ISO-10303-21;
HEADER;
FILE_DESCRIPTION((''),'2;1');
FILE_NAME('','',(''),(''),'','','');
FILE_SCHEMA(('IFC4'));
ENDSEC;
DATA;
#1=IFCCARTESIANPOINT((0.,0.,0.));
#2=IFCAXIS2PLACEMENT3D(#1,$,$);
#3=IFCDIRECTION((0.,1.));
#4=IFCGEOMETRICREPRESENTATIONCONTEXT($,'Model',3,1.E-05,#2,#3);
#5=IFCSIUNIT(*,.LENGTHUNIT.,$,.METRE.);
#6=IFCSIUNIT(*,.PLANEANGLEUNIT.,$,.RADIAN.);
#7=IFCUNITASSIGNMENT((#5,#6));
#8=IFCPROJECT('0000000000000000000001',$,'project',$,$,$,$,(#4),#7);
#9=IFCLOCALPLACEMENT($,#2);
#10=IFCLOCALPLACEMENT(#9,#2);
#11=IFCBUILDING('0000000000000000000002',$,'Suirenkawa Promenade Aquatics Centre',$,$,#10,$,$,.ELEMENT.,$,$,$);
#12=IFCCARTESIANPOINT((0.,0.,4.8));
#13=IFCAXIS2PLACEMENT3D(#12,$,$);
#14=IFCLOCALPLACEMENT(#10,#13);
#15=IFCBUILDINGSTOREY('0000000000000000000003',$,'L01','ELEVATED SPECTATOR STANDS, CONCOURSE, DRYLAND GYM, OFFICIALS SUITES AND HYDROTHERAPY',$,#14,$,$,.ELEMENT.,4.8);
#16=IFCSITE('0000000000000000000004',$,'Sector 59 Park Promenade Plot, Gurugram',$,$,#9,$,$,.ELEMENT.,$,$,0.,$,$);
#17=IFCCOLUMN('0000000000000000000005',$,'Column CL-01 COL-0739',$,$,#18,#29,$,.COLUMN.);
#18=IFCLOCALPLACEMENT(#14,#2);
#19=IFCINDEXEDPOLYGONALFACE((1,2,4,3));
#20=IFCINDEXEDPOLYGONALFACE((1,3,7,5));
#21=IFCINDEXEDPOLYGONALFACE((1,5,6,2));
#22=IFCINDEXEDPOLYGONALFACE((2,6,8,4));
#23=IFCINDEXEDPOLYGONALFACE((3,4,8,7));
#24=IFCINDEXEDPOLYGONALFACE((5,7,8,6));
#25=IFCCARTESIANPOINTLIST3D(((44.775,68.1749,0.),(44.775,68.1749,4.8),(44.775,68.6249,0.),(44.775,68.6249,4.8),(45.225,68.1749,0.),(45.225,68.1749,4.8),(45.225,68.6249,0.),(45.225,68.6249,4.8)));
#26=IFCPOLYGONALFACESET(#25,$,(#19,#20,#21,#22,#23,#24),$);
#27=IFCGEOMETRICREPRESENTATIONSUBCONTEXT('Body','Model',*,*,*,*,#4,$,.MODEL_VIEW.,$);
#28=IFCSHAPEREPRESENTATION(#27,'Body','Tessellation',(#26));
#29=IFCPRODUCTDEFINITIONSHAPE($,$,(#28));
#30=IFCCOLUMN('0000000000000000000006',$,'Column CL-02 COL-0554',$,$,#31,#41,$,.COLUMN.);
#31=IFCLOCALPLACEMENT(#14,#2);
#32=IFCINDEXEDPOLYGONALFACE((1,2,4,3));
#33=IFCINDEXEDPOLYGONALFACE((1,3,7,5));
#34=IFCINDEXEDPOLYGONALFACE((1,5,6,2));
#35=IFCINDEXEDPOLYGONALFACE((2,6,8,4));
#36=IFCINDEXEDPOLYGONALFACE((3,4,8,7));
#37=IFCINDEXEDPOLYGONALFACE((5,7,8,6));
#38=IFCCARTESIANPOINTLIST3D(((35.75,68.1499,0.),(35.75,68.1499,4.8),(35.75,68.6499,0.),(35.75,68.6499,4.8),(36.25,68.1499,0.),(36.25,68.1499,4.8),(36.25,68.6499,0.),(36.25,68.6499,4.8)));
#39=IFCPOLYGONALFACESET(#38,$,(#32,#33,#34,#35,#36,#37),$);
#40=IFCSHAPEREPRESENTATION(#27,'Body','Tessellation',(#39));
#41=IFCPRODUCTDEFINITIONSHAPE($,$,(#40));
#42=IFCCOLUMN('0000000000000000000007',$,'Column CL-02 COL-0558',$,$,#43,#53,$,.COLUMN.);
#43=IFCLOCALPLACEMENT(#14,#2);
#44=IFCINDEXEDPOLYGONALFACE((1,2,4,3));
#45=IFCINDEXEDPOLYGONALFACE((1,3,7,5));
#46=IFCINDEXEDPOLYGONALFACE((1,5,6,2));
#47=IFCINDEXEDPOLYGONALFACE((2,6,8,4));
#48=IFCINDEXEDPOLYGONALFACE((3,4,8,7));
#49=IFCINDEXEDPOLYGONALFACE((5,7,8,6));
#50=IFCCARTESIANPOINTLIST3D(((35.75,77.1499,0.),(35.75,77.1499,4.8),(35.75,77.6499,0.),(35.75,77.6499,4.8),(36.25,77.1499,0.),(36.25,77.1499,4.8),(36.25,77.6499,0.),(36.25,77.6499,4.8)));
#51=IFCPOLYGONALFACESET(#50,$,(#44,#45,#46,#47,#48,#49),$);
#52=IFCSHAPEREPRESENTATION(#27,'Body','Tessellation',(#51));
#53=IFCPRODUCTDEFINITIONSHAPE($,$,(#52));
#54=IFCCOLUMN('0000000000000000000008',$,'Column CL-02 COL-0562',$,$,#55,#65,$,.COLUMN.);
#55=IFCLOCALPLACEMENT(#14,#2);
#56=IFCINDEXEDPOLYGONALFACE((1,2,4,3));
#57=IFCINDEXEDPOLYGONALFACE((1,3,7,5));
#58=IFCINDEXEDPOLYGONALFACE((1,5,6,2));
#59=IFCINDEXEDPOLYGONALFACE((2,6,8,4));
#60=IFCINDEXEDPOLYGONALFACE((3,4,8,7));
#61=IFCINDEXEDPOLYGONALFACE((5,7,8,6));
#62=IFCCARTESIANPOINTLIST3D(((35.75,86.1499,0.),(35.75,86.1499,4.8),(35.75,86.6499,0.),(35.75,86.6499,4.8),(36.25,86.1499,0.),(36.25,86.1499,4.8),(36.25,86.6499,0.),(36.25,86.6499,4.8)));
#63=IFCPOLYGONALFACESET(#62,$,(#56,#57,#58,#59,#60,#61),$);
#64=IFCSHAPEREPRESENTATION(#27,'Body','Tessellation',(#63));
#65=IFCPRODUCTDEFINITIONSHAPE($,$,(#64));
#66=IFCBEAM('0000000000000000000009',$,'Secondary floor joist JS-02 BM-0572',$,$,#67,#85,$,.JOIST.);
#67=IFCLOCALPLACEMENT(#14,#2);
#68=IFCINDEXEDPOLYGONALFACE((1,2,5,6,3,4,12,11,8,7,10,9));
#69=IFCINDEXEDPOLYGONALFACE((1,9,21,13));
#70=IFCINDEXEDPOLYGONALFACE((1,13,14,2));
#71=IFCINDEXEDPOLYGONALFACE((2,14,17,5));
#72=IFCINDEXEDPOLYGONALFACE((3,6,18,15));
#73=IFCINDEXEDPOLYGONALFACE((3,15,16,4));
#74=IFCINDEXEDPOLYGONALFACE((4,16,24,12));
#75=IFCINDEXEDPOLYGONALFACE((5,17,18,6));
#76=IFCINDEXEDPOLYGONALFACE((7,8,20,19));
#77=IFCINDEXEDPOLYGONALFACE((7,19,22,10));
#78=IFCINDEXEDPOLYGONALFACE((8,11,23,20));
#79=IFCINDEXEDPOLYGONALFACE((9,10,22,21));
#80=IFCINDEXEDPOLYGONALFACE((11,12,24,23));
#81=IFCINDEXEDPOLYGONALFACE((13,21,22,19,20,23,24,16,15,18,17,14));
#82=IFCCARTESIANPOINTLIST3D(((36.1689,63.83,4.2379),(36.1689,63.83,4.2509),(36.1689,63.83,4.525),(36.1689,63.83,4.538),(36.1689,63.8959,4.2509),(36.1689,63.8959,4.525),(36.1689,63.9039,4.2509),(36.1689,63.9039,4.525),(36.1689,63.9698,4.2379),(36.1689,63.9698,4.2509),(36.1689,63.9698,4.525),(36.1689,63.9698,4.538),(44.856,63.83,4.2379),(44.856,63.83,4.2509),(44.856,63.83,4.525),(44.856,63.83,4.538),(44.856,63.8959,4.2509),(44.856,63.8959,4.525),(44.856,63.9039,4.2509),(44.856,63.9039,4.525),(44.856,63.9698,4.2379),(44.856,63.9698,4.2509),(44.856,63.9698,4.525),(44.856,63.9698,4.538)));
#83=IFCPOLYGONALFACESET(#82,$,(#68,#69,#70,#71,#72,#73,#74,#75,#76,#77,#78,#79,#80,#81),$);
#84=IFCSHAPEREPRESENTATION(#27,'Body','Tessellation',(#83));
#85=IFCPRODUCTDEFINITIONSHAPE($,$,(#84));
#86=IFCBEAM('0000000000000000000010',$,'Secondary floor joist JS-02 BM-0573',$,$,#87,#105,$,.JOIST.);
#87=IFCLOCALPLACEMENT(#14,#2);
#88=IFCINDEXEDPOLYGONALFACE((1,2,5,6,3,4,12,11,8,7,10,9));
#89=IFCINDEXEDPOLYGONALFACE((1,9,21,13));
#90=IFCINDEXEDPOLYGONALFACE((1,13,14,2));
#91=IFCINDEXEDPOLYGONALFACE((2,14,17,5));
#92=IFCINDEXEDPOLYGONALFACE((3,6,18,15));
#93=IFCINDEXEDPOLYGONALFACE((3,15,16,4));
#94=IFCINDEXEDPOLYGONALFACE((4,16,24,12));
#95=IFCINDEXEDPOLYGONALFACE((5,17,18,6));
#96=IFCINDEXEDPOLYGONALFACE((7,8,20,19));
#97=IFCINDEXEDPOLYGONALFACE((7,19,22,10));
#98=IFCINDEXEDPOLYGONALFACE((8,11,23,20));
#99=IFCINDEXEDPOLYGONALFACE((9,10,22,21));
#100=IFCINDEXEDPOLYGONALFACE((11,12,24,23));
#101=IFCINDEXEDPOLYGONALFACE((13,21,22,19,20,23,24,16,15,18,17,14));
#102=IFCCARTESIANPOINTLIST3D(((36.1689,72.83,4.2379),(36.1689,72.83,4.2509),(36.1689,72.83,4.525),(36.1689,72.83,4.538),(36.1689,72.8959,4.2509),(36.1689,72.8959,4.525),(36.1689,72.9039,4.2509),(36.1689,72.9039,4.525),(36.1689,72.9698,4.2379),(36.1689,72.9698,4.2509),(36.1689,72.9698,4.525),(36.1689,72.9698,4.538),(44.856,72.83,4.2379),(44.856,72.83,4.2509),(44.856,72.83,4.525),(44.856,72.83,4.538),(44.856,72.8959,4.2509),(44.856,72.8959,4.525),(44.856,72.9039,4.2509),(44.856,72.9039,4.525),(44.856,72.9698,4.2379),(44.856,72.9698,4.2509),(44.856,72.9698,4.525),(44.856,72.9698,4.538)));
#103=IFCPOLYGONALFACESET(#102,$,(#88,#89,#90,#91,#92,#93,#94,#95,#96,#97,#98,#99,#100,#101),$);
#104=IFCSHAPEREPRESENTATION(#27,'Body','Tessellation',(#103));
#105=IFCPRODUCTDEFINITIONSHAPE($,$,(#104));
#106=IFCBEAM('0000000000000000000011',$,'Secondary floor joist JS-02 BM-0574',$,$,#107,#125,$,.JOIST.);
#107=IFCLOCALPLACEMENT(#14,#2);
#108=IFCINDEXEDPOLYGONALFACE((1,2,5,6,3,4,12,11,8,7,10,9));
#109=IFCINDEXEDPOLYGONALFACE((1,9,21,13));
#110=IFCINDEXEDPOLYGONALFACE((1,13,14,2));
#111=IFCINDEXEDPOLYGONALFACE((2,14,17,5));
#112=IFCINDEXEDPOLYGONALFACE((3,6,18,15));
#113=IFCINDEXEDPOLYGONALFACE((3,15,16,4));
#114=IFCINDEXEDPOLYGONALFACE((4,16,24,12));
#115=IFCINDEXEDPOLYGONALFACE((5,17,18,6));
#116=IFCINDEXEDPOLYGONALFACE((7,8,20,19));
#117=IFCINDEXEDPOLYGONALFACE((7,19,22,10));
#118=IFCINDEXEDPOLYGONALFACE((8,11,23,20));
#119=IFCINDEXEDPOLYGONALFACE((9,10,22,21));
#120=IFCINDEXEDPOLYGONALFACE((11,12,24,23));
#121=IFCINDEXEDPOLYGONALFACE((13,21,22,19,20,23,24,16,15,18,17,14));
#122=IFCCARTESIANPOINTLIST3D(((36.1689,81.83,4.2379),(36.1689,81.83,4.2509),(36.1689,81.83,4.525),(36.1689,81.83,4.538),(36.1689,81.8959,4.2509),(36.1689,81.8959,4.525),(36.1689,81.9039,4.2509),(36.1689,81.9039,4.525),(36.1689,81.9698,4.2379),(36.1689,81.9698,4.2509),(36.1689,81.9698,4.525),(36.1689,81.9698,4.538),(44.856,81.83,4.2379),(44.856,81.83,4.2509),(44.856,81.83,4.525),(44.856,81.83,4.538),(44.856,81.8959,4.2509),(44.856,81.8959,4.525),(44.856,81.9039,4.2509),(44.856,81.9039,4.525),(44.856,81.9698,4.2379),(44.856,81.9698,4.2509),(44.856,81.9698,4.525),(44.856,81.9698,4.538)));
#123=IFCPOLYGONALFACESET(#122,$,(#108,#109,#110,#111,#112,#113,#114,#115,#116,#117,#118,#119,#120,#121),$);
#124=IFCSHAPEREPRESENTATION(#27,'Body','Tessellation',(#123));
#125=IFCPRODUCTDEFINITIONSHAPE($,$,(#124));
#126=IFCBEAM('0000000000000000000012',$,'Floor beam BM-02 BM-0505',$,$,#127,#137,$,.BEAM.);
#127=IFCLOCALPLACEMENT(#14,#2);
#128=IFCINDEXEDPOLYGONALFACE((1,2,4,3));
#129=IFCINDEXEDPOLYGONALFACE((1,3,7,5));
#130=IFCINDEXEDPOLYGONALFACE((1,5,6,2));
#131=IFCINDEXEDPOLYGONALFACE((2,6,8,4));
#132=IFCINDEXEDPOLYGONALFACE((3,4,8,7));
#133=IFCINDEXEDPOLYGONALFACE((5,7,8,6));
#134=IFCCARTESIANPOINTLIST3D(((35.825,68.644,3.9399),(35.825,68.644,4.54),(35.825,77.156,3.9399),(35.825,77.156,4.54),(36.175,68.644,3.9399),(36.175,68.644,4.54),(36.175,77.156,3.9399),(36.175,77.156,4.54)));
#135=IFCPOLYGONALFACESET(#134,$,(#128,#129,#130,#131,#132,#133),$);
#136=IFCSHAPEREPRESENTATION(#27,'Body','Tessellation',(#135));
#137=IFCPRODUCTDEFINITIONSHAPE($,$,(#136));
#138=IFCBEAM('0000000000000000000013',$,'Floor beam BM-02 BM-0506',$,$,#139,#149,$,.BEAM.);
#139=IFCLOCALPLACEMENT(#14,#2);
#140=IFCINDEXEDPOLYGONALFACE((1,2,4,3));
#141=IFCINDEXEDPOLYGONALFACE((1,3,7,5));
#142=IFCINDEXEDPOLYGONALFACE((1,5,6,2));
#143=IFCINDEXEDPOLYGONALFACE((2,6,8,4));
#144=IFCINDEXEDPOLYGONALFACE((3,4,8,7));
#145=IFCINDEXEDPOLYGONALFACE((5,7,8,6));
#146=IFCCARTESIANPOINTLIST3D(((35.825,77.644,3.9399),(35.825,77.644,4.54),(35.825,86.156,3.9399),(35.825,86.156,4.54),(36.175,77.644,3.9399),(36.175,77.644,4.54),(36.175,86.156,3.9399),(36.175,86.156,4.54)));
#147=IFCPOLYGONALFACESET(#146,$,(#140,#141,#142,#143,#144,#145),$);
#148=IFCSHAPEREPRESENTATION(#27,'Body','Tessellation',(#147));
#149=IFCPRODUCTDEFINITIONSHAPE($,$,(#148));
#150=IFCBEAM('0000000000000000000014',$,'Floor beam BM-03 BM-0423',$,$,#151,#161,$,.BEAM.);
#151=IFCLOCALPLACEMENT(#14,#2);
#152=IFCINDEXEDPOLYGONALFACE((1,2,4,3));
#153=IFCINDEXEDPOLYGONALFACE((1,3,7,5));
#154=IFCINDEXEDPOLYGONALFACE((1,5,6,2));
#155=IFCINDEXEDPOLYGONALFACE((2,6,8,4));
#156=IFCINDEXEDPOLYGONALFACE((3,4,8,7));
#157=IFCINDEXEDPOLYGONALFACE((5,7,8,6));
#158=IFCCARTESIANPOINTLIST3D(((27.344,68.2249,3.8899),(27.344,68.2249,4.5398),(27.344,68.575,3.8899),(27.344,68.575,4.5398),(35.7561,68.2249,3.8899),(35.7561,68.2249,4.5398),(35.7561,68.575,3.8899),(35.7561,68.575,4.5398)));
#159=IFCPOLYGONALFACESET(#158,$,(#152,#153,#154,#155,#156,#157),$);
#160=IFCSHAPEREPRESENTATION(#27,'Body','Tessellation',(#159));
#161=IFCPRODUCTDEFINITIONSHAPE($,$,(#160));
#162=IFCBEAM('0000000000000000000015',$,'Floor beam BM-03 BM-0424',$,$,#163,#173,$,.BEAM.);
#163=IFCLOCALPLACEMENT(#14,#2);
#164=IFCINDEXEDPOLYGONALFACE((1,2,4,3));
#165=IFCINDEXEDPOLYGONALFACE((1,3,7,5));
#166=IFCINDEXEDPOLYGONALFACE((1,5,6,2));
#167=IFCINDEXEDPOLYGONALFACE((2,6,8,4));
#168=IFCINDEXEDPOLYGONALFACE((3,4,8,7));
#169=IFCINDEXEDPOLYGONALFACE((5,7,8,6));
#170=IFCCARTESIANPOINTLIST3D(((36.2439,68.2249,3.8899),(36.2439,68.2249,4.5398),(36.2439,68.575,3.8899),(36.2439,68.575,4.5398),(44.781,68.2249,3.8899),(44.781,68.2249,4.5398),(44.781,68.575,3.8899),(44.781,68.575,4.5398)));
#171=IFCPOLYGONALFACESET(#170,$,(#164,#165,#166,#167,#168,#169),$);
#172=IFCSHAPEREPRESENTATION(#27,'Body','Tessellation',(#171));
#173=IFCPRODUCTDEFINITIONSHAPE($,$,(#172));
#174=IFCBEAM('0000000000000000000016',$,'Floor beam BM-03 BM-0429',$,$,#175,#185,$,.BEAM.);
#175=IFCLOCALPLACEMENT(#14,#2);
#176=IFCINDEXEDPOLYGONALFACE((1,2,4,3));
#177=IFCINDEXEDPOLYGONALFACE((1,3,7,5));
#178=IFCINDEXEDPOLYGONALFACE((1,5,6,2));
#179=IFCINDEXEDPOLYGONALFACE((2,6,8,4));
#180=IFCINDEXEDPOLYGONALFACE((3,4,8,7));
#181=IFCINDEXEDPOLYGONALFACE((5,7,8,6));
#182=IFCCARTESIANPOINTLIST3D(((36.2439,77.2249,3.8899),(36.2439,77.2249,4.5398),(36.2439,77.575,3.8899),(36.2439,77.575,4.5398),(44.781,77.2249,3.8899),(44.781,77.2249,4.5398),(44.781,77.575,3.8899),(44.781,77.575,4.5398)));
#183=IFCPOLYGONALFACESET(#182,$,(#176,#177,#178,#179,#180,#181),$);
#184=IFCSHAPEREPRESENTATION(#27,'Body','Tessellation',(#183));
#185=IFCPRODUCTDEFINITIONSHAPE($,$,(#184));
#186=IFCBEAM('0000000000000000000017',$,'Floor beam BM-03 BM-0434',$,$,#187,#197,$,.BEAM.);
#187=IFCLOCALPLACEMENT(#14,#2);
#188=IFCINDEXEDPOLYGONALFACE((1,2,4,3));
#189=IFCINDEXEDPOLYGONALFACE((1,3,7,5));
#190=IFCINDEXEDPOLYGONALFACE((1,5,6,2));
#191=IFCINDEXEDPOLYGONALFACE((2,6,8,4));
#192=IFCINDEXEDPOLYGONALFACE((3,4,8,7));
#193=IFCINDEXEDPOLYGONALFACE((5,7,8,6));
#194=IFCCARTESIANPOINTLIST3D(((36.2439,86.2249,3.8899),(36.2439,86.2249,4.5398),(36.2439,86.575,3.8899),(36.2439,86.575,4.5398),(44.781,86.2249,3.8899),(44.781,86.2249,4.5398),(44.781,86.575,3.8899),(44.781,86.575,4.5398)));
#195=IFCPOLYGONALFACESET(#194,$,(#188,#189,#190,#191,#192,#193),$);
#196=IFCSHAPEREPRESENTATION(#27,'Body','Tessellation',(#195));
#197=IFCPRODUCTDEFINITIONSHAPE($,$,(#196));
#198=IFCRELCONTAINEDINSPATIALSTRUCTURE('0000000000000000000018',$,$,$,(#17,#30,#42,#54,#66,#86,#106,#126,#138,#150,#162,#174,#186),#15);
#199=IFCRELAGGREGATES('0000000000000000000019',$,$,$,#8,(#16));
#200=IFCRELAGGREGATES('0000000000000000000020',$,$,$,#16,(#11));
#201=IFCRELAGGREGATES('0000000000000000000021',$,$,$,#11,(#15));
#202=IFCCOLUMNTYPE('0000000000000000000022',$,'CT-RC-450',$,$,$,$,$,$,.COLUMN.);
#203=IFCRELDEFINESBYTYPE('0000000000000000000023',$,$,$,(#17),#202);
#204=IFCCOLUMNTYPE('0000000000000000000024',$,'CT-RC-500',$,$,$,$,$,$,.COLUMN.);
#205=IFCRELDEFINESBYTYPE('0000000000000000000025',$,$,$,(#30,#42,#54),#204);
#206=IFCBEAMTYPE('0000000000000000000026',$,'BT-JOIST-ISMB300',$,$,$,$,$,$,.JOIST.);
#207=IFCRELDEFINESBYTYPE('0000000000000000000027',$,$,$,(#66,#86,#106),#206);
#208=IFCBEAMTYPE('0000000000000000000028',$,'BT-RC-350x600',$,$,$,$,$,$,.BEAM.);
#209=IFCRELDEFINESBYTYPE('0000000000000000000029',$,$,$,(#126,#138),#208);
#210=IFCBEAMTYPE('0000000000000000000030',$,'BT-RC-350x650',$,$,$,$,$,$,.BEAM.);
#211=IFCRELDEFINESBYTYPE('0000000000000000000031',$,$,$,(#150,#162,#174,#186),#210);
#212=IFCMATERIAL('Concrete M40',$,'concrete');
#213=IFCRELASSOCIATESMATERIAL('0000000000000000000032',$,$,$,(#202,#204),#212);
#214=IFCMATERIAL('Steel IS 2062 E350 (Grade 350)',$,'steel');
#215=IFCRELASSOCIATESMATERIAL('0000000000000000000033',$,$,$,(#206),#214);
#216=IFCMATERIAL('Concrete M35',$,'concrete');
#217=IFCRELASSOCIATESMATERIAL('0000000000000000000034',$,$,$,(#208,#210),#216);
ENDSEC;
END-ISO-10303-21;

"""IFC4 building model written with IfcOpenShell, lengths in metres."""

from ifc_helpers import new_model, si_unit, direction, frame, origin, origin_2d, place, context, subcontext, project, spatial, rectangle, i_section, extrude, material, material_profile, profile_set, type_object, element, save


model = new_model("IFC4")

# Units and contexts
model_context = context("Model", 3, precision=1e-05, world=origin(), true_north=direction((0.0, 1.0)))
body_context = subcontext(model_context, "Body", "Model", "MODEL_VIEW")
ifc_project = project(units=[si_unit("LENGTHUNIT", "METRE"), si_unit("PLANEANGLEUNIT", "RADIAN")], contexts=[model_context])

# Site, building, storey
site_placement = place(None, origin())
site = spatial("IfcSite", under=ifc_project, at=site_placement, Name="Sector 59 Park Promenade Plot, Gurugram", CompositionType="ELEMENT", RefElevation=0.0)
building_placement = place(site_placement, origin())
building = spatial("IfcBuilding", under=site, at=building_placement, Name="Suirenkawa Promenade Aquatics Centre", CompositionType="ELEMENT")
storey_placement = place(building_placement, frame((0.0, 0.0, 4.8)))
storey = spatial("IfcBuildingStorey", under=building, at=storey_placement, Name="L01", Description="ELEVATED SPECTATOR STANDS, CONCOURSE, DRYLAND GYM, OFFICIALS SUITES AND HYDROTHERAPY", CompositionType="ELEMENT", Elevation=4.8)

# Columns
ifc_material_1 = material(Name="Concrete M40", Category="concrete")
ifc_material_profile_1 = material_profile(ifc_material_1, rectangle(XDim=0.45, YDim=0.45, at=origin_2d()), Name="RC COL 450x450", Category="concrete")
ifc_profile_set_1 = profile_set([ifc_material_profile_1], Name="Concrete M40")
column_type_1 = type_object("IfcColumnType", Name="CT-RC-450", PredefinedType="COLUMN", material=ifc_profile_set_1)
column_placement = place(storey_placement, frame((45.0, 68.3999, 0.0), z_axis=(0.0, 0.0, 1.0), x_axis=(1.0, 0.0, 0.0)))
element("IfcColumn", 1, at=column_placement, inside=storey, type_object=column_type_1, Name="Column CL-01 COL-0739", PredefinedType="COLUMN", context=body_context, shape_type="SweptSolid", body=[
    extrude(rectangle(XDim=0.45, YDim=0.45, at=origin_2d()), origin(), (0.0, 0.0, 1.0), 4.8),
])
ifc_material_profile_2 = material_profile(ifc_material_1, rectangle(XDim=0.5, YDim=0.5, at=origin_2d()), Name="RC COL 500x500", Category="concrete")
ifc_profile_set_2 = profile_set([ifc_material_profile_2], Name="Concrete M40")
column_type_2 = type_object("IfcColumnType", Name="CT-RC-500", PredefinedType="COLUMN", material=ifc_profile_set_2)
for number, where, z_axis, x_axis, name in (
    (2, (36.0, 68.3999, 0.0), (0.0, 0.0, 1.0), (1.0, 0.0, 0.0), "Column CL-02 COL-0554"),
    (3, (36.0, 77.3999, 0.0), (0.0, 0.0, 1.0), (1.0, 0.0, 0.0), "Column CL-02 COL-0558"),
    (4, (36.0, 86.3999, 0.0), (0.0, 0.0, 1.0), (1.0, 0.0, 0.0), "Column CL-02 COL-0562"),
):
    element("IfcColumn", number, at=place(storey_placement, frame(where, z_axis=z_axis, x_axis=x_axis)), inside=storey, type_object=column_type_2, Name=name, PredefinedType="COLUMN", context=body_context, shape_type="SweptSolid", body=[
        extrude(rectangle(XDim=0.5, YDim=0.5, at=origin_2d()), origin(), (0.0, 0.0, 1.0), 4.8),
    ])

# Beams
ifc_material_2 = material(Name="Steel IS 2062 E350 (Grade 350)", Category="steel")
ifc_material_profile_3 = material_profile(ifc_material_2, i_section(OverallWidth=0.1399, OverallDepth=0.3, WebThickness=0.0081, FlangeThickness=0.0129, at=origin_2d()), Name="ISMB 300", Category="steel")
ifc_profile_set_3 = profile_set([ifc_material_profile_3], Name="Steel IS 2062 E350 (Grade 350)")
beam_type_1 = type_object("IfcBeamType", Name="BT-JOIST-ISMB300", PredefinedType="JOIST", material=ifc_profile_set_3)
for number, where, z_axis, x_axis, name in (
    (5, (36.1689, 63.8999, 4.3879), (1.0, 0.0, 0.0), (0.0, 1.0, 0.0), "Secondary floor joist JS-02 BM-0572"),
    (6, (36.1689, 72.8999, 4.3879), (1.0, 0.0, 0.0), (0.0, 1.0, 0.0), "Secondary floor joist JS-02 BM-0573"),
    (7, (36.1689, 81.8999, 4.3879), (1.0, 0.0, 0.0), (0.0, 1.0, 0.0), "Secondary floor joist JS-02 BM-0574"),
):
    element("IfcBeam", number, at=place(storey_placement, frame(where, z_axis=z_axis, x_axis=x_axis)), inside=storey, type_object=beam_type_1, Name=name, PredefinedType="JOIST", context=body_context, shape_type="SweptSolid", body=[
        extrude(i_section(OverallWidth=0.1399, OverallDepth=0.3, WebThickness=0.0081, FlangeThickness=0.0129, at=origin_2d()), origin(), (0.0, 0.0, 1.0), 8.687),
    ])
ifc_material_3 = material(Name="Concrete M35", Category="concrete")
ifc_material_profile_4 = material_profile(ifc_material_3, rectangle(XDim=0.3501, YDim=0.6001, at=origin_2d()), Name="RC BM 350x600", Category="concrete")
ifc_profile_set_4 = profile_set([ifc_material_profile_4], Name="Concrete M35")
beam_type_2 = type_object("IfcBeamType", Name="BT-RC-350x600", PredefinedType="BEAM", material=ifc_profile_set_4)
for number, where, z_axis, x_axis, name in (
    (8, (36.0, 68.644, 4.24), (0.0, 1.0, 0.0), (-1.0, 0.0, 0.0), "Floor beam BM-02 BM-0505"),
    (9, (36.0, 77.644, 4.24), (0.0, 1.0, 0.0), (-1.0, 0.0, 0.0), "Floor beam BM-02 BM-0506"),
):
    element("IfcBeam", number, at=place(storey_placement, frame(where, z_axis=z_axis, x_axis=x_axis)), inside=storey, type_object=beam_type_2, Name=name, PredefinedType="BEAM", context=body_context, shape_type="SweptSolid", body=[
        extrude(rectangle(XDim=0.3501, YDim=0.6001, at=origin_2d()), origin(), (0.0, 0.0, 1.0), 8.512),
    ])
ifc_material_profile_5 = material_profile(ifc_material_3, rectangle(XDim=0.3501, YDim=0.6499, at=origin_2d()), Name="RC BM 350x650", Category="concrete")
ifc_profile_set_5 = profile_set([ifc_material_profile_5], Name="Concrete M35")
beam_type_3 = type_object("IfcBeamType", Name="BT-RC-350x650", PredefinedType="BEAM", material=ifc_profile_set_5)
beam_1_placement = place(storey_placement, frame((27.344, 68.3999, 4.2148), z_axis=(1.0, 0.0, 0.0), x_axis=(0.0, 1.0, 0.0)))
element("IfcBeam", 10, at=beam_1_placement, inside=storey, type_object=beam_type_3, Name="Floor beam BM-03 BM-0423", PredefinedType="BEAM", context=body_context, shape_type="SweptSolid", body=[
    extrude(rectangle(XDim=0.3501, YDim=0.6499, at=origin_2d()), origin(), (0.0, 0.0, 1.0), 8.4121),
])
for number, where, z_axis, x_axis, name in (
    (11, (36.2439, 68.3999, 4.2148), (1.0, 0.0, 0.0), (0.0, 1.0, 0.0), "Floor beam BM-03 BM-0424"),
    (12, (36.2439, 77.3999, 4.2148), (1.0, 0.0, 0.0), (0.0, 1.0, 0.0), "Floor beam BM-03 BM-0429"),
    (13, (36.2439, 86.3999, 4.2148), (1.0, 0.0, 0.0), (0.0, 1.0, 0.0), "Floor beam BM-03 BM-0434"),
):
    element("IfcBeam", number, at=place(storey_placement, frame(where, z_axis=z_axis, x_axis=x_axis)), inside=storey, type_object=beam_type_3, Name=name, PredefinedType="BEAM", context=body_context, shape_type="SweptSolid", body=[
        extrude(rectangle(XDim=0.3501, YDim=0.6499, at=origin_2d()), origin(), (0.0, 0.0, 1.0), 8.5371),
    ])

save(model, "model.ifc")
